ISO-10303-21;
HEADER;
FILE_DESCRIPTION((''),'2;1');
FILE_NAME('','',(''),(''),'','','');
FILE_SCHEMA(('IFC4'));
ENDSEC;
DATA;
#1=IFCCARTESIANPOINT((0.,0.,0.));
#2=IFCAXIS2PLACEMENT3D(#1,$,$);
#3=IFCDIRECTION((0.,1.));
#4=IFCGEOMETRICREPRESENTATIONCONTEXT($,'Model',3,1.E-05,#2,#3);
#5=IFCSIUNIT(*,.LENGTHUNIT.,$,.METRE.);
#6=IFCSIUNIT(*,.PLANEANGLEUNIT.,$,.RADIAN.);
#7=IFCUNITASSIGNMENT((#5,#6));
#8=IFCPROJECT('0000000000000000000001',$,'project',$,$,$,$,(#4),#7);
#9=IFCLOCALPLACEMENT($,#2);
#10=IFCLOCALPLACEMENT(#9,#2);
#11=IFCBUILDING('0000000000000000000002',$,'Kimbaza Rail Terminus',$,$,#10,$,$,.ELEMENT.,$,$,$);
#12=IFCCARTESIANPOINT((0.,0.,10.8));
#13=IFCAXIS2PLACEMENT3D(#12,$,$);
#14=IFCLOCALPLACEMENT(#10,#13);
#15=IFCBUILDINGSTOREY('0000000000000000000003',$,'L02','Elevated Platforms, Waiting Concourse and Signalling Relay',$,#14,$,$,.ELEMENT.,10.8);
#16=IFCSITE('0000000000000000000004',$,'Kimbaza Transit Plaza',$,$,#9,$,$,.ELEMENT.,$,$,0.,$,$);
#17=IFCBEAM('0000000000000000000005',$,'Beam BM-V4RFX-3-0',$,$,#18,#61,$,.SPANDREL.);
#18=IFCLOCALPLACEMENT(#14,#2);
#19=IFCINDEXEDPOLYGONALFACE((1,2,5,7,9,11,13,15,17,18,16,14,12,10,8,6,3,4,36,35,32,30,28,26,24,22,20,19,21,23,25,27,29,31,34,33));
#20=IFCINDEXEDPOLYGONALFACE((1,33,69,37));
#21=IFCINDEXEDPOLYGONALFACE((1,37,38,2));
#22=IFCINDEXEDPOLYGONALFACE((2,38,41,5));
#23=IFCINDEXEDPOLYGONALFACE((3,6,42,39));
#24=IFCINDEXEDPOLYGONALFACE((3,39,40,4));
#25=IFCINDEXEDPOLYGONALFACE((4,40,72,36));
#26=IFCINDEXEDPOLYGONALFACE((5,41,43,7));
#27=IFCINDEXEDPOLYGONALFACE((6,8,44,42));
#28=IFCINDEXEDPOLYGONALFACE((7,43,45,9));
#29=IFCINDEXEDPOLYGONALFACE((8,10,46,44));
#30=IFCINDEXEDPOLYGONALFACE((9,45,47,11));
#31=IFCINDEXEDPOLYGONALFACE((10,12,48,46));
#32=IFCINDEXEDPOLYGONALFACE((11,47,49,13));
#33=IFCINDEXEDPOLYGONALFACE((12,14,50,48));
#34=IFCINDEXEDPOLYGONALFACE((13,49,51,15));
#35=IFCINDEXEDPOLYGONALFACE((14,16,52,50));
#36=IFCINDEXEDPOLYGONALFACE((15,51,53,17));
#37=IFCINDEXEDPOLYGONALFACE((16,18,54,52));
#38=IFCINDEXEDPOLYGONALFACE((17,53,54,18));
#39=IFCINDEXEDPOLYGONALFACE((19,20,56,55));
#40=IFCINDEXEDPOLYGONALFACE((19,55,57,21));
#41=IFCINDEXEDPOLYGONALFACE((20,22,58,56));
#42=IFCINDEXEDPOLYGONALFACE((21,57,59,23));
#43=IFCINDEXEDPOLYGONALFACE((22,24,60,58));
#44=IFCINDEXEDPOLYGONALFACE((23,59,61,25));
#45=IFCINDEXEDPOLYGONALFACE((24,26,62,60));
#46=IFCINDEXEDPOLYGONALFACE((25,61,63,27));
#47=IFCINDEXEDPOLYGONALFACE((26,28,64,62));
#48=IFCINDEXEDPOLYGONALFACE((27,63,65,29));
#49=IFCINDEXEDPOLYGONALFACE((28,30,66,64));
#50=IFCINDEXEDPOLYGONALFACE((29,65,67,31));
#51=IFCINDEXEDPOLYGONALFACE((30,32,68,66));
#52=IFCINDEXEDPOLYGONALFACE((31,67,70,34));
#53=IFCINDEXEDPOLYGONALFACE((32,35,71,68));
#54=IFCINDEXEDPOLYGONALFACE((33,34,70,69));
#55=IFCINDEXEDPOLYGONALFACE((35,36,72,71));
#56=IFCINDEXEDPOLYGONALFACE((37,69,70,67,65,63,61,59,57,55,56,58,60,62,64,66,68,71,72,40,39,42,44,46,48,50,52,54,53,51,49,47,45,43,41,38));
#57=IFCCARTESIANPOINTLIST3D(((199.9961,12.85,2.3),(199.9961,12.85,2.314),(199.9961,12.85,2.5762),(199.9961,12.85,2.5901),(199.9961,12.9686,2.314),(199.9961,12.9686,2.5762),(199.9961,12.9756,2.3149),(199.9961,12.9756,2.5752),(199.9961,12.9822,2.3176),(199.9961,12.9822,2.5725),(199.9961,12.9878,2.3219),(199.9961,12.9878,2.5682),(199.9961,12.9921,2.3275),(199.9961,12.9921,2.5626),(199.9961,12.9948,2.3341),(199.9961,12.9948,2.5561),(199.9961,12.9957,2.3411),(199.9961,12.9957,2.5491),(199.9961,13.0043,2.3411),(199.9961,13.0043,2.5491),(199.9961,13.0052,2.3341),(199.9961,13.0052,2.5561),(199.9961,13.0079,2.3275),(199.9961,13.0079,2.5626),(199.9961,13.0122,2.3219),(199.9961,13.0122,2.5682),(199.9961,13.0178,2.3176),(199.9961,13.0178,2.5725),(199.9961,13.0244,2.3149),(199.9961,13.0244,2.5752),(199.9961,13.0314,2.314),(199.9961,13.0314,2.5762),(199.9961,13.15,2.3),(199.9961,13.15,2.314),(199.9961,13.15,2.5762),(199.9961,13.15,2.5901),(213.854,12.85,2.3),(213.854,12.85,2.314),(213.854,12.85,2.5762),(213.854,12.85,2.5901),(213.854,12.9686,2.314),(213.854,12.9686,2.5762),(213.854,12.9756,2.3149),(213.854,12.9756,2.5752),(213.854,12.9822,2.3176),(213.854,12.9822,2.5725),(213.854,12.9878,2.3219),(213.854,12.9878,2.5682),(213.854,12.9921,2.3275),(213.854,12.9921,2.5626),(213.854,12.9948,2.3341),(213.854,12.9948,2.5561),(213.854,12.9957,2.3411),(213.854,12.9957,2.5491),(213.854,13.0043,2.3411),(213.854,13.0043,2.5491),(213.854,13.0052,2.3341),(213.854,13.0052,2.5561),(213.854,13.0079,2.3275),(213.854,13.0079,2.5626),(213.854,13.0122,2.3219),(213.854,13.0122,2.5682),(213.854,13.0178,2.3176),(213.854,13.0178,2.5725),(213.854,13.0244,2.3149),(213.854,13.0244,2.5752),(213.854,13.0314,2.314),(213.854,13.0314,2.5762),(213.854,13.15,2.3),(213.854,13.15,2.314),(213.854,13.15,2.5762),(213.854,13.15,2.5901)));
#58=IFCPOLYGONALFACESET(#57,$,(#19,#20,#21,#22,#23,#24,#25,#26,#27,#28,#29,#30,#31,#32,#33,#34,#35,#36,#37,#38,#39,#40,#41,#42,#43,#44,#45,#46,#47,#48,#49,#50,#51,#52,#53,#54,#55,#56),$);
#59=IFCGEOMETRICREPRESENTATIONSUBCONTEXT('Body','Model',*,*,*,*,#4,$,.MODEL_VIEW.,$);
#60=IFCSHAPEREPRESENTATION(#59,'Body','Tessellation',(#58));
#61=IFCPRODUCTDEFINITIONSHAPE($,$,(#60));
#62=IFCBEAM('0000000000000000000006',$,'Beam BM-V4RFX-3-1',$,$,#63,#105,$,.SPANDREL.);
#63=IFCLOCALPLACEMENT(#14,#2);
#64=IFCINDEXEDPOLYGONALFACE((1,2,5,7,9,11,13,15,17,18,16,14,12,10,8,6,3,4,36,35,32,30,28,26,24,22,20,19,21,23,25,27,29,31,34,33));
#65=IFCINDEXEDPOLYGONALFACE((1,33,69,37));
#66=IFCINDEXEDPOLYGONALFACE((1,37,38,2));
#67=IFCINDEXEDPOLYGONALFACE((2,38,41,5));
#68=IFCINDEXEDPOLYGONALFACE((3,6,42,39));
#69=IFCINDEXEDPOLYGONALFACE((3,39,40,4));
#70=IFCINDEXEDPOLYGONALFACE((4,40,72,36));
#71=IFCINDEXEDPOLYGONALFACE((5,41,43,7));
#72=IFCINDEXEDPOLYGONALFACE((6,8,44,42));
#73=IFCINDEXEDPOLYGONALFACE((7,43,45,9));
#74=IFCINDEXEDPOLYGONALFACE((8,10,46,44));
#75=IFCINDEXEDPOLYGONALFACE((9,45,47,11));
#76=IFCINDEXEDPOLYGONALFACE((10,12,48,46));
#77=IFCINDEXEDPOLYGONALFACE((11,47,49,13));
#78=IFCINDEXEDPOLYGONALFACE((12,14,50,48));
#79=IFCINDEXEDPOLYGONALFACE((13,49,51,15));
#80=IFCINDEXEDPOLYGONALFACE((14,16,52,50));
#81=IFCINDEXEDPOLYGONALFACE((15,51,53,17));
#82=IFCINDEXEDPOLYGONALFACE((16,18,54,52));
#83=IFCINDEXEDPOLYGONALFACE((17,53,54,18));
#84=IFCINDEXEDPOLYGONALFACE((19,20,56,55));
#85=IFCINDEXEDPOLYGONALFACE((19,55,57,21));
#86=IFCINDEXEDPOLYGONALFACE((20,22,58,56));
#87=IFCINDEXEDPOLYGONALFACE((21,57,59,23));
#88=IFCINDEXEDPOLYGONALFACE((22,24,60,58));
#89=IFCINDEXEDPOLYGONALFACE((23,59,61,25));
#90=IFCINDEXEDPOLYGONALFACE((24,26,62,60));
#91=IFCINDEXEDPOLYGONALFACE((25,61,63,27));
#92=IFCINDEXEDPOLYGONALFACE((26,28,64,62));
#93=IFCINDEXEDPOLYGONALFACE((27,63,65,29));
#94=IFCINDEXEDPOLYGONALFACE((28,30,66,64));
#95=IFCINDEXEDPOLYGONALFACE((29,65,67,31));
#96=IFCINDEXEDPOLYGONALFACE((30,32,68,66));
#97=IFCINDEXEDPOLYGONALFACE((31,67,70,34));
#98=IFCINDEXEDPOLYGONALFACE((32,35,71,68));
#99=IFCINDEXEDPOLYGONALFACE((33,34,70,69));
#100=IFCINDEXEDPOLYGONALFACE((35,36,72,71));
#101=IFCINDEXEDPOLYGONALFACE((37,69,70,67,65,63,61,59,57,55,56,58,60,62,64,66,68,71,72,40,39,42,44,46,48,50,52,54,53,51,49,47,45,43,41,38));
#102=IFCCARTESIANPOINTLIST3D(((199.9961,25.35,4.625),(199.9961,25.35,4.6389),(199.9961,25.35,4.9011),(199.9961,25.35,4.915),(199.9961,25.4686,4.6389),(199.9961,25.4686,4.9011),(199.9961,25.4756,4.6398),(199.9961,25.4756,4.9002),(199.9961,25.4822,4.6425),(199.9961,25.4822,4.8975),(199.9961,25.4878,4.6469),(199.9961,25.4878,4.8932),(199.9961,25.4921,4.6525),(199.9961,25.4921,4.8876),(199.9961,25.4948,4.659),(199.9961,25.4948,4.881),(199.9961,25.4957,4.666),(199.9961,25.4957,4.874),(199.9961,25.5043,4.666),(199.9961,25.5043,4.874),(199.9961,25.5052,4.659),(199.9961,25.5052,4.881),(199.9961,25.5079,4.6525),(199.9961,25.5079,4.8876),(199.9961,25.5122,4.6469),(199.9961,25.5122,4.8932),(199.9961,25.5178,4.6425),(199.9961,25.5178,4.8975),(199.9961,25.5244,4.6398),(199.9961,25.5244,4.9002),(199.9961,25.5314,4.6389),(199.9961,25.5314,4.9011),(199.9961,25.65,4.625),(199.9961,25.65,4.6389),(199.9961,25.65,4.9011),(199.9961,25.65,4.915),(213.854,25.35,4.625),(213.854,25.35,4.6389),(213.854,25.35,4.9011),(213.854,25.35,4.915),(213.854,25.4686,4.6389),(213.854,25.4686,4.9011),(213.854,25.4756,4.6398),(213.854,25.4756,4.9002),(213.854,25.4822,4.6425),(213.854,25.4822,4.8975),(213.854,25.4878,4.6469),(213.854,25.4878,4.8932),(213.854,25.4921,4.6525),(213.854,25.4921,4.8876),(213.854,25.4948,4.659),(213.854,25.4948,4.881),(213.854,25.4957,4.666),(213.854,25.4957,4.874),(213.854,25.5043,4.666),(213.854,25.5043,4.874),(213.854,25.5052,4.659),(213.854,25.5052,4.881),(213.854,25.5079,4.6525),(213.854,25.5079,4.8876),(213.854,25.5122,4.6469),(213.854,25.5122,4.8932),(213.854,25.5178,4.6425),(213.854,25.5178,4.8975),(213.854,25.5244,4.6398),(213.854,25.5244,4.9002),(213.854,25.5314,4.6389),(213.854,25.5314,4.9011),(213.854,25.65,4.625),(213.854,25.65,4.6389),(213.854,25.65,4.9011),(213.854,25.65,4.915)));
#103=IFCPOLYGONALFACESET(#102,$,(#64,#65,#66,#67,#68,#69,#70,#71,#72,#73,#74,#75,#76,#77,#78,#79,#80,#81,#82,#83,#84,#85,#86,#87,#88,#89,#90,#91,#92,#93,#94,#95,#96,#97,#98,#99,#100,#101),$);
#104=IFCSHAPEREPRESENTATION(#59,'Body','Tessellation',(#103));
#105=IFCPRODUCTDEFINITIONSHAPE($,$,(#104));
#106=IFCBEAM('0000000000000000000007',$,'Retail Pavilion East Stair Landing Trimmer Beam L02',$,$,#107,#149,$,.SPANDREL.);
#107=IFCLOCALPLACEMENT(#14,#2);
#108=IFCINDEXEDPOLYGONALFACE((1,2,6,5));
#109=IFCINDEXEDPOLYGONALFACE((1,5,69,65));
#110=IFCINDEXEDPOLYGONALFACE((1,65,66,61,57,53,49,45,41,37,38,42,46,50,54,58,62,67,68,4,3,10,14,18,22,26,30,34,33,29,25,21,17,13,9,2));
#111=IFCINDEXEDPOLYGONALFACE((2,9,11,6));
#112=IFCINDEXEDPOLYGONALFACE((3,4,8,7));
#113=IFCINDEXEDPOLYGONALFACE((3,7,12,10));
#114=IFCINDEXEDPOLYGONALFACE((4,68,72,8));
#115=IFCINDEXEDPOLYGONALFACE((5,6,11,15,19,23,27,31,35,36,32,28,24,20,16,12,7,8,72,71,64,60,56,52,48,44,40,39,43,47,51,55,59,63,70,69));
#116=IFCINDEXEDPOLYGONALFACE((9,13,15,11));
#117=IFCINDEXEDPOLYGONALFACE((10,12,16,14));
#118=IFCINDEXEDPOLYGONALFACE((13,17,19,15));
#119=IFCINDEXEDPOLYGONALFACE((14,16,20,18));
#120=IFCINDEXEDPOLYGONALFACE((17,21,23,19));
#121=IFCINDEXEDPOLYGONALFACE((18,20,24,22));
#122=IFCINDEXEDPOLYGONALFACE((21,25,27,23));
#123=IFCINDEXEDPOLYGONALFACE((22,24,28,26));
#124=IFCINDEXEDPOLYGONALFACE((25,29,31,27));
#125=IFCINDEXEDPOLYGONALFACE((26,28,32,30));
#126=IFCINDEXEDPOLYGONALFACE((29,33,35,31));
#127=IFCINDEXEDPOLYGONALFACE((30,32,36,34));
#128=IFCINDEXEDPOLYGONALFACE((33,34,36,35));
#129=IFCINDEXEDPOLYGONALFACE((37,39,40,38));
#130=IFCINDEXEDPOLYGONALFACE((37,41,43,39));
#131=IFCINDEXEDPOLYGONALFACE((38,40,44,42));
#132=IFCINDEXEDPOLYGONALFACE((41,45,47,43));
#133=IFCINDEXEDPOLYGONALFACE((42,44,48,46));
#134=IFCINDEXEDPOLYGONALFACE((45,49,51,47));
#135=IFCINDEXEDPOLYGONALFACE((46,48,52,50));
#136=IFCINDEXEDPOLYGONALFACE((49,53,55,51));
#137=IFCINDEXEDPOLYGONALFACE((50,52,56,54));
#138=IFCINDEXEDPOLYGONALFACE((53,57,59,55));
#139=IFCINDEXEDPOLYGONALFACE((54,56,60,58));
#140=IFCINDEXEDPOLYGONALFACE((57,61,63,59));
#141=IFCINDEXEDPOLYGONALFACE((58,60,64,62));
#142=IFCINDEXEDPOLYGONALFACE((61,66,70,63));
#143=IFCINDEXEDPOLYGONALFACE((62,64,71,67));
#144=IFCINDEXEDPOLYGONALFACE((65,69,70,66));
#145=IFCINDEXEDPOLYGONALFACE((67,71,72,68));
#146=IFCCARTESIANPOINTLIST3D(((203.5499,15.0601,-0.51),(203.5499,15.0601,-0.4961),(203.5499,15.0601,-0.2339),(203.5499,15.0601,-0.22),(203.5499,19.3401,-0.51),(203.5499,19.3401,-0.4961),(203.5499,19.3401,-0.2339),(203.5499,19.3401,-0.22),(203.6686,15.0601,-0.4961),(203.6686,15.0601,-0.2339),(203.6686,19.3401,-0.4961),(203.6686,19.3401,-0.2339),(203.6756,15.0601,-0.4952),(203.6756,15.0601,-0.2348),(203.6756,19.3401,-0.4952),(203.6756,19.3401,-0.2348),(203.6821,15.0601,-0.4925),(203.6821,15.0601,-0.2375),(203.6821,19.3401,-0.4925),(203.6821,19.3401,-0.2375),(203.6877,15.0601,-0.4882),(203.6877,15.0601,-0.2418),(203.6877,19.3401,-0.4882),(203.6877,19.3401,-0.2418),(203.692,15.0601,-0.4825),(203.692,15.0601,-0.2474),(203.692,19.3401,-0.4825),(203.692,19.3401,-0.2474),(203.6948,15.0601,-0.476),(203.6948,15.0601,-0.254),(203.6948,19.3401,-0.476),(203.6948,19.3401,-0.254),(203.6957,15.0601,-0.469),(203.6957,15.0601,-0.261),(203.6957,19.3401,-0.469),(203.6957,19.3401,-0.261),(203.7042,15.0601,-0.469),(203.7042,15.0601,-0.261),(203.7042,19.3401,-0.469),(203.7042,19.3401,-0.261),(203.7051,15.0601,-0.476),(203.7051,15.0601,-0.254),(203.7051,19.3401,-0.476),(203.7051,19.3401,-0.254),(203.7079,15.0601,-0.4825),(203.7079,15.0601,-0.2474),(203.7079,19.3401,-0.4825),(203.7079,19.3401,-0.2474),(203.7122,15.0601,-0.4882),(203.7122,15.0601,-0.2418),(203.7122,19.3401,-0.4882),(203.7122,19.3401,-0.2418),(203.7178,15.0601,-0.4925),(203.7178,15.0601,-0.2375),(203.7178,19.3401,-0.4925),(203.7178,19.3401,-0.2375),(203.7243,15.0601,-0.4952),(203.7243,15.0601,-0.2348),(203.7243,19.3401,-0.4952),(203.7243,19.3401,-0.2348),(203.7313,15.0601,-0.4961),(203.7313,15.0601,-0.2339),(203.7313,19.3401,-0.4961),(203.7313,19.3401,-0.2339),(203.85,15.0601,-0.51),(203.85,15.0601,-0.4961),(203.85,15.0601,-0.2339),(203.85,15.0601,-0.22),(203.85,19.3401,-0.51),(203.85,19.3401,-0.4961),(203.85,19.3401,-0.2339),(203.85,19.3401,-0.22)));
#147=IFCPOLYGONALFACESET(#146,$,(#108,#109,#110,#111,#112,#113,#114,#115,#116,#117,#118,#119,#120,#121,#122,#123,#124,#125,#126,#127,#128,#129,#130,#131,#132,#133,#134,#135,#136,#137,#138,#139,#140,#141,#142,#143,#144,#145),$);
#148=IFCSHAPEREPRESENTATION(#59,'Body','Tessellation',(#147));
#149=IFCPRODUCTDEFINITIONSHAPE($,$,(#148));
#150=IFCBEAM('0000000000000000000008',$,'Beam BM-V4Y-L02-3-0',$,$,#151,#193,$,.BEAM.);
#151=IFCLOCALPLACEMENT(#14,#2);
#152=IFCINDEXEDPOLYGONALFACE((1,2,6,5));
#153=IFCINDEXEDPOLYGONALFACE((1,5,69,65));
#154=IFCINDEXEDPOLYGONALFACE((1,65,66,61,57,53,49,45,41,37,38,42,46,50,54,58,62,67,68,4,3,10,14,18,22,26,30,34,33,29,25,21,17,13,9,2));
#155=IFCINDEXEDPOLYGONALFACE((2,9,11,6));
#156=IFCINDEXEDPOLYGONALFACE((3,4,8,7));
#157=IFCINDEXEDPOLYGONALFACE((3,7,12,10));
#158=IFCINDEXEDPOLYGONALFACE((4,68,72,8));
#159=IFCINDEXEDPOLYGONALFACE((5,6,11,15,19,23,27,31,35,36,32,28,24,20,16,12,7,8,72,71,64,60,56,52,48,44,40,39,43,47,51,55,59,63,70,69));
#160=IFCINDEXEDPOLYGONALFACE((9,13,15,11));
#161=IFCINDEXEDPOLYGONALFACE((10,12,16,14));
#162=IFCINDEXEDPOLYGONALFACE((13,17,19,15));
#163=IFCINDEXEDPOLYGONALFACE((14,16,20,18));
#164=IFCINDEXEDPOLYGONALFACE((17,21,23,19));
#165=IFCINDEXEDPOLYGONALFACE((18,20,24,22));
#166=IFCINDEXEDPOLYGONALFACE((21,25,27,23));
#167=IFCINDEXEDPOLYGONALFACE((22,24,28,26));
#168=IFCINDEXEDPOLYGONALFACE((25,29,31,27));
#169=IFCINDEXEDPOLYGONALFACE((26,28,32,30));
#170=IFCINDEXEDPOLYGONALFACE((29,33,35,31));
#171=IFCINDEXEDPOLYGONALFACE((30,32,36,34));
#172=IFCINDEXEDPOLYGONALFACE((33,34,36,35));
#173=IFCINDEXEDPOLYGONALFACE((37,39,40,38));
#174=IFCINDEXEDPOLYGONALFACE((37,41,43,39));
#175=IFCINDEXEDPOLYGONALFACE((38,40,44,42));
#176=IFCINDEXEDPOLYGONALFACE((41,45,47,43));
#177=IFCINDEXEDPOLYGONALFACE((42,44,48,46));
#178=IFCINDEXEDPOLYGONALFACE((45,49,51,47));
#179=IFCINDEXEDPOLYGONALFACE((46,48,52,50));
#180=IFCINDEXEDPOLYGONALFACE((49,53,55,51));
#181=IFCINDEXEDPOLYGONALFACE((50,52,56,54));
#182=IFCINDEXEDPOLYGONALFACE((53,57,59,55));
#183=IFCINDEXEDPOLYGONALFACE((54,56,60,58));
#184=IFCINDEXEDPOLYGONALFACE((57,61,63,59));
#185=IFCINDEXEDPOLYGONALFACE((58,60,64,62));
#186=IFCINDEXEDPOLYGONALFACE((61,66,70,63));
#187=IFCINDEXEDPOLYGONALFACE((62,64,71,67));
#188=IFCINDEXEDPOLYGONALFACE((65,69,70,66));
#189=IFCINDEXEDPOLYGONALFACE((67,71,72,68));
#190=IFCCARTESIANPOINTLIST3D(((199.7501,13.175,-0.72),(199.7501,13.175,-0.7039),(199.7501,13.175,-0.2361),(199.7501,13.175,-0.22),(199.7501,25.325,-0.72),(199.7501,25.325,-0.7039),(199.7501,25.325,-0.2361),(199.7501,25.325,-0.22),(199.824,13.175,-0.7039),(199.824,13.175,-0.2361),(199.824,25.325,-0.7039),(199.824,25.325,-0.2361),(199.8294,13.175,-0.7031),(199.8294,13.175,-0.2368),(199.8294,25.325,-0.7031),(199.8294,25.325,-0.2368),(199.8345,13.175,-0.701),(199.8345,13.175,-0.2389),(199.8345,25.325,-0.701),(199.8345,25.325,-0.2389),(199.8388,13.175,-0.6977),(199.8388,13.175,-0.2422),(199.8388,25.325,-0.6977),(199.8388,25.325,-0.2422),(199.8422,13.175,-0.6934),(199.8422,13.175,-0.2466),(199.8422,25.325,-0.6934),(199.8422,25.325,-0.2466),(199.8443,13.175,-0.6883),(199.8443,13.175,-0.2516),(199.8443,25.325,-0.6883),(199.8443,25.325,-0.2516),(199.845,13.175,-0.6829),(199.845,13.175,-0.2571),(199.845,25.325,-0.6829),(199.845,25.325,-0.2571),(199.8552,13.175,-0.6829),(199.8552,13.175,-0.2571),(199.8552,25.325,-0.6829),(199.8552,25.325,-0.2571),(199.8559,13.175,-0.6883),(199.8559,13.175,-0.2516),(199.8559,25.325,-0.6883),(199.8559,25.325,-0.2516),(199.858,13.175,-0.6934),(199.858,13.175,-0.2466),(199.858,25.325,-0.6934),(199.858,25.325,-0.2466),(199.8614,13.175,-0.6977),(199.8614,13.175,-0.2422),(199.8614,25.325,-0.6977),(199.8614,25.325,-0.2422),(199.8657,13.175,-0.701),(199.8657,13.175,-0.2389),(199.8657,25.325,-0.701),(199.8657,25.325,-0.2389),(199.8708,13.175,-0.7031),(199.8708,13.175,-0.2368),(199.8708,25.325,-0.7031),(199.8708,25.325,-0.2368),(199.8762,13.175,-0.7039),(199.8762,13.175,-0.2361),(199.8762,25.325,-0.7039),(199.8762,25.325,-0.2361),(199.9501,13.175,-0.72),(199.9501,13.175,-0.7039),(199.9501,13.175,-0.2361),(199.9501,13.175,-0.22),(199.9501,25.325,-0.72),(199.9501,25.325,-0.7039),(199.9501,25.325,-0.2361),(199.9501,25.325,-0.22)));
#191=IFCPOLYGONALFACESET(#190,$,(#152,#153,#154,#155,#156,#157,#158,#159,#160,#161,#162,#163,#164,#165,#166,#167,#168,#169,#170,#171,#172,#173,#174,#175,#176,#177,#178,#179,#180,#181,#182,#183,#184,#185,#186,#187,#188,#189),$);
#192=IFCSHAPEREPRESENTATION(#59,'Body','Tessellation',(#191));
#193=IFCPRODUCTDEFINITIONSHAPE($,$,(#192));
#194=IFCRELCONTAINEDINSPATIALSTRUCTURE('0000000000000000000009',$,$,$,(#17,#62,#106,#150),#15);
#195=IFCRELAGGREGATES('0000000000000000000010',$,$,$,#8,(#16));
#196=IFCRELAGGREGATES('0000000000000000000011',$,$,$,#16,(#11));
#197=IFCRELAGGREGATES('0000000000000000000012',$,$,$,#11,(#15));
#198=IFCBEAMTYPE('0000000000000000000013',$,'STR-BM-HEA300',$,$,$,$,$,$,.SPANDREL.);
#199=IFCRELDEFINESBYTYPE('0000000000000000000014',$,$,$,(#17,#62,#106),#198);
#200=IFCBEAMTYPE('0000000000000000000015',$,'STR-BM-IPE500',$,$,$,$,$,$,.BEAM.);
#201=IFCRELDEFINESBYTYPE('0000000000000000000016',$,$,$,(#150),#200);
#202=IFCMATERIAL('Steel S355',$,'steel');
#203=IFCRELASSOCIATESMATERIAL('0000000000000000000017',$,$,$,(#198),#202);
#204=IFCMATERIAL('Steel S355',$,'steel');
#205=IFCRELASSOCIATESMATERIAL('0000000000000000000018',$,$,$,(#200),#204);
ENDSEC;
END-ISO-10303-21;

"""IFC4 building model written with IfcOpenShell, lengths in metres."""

from ifc_helpers import new_model, si_unit, direction, frame, origin, origin_2d, place, context, subcontext, project, spatial, i_section, extrude, material, material_profile, profile_set, type_object, element, save


model = new_model("IFC4")

# Units and contexts
model_context = context("Model", 3, precision=1e-05, world=origin(), true_north=direction((0.0, 1.0)))
body_context = subcontext(model_context, "Body", "Model", "MODEL_VIEW")
ifc_project = project(units=[si_unit("LENGTHUNIT", "METRE"), si_unit("PLANEANGLEUNIT", "RADIAN")], contexts=[model_context])

# Site, building, storey
site_placement = place(None, origin())
site = spatial("IfcSite", under=ifc_project, at=site_placement, Name="Kimbaza Transit Plaza", CompositionType="ELEMENT", RefElevation=0.0)
building_placement = place(site_placement, origin())
building = spatial("IfcBuilding", under=site, at=building_placement, Name="Kimbaza Rail Terminus", CompositionType="ELEMENT")
storey_placement = place(building_placement, frame((0.0, 0.0, 10.8)))
storey = spatial("IfcBuildingStorey", under=building, at=storey_placement, Name="L02", Description="Elevated Platforms, Waiting Concourse and Signalling Relay", CompositionType="ELEMENT", Elevation=10.8)

# Beams
ifc_material_1 = material(Name="Steel S355", Category="steel")
ifc_material_profile_1 = material_profile(ifc_material_1, i_section(OverallWidth=0.3, OverallDepth=0.29, WebThickness=0.0085, FlangeThickness=0.0139, FilletRadius=0.0271, at=origin_2d()), Name="HEA 300")
ifc_profile_set_1 = profile_set([ifc_material_profile_1], Name="Steel S355")
beam_type_1 = type_object("IfcBeamType", Name="STR-BM-HEA300", PredefinedType="SPANDREL", material=ifc_profile_set_1)
for number, where, z_axis, x_axis, name in (
    (1, (199.9961, 13.0, 2.4451), (1.0, 0.0, 0.0), (0.0, 1.0, 0.0), "Beam BM-V4RFX-3-0"),
    (2, (199.9961, 25.5, 4.77), (1.0, 0.0, 0.0), (0.0, 1.0, 0.0), "Beam BM-V4RFX-3-1"),
):
    element("IfcBeam", number, at=place(storey_placement, frame(where, z_axis=z_axis, x_axis=x_axis)), inside=storey, type_object=beam_type_1, Name=name, PredefinedType="SPANDREL", context=body_context, shape_type="SweptSolid", body=[
        extrude(i_section(OverallWidth=0.3, OverallDepth=0.29, WebThickness=0.0085, FlangeThickness=0.0139, FilletRadius=0.0271, at=origin_2d()), origin(), (0.0, 0.0, 1.0), 13.8579),
    ])
beam_1_placement = place(storey_placement, frame((203.7, 15.0601, -0.365), z_axis=(0.0, 1.0, 0.0), x_axis=(-1.0, 0.0, 0.0)))
element("IfcBeam", 3, at=beam_1_placement, inside=storey, type_object=beam_type_1, Name="Retail Pavilion East Stair Landing Trimmer Beam L02", PredefinedType="SPANDREL", context=body_context, shape_type="SweptSolid", body=[
    extrude(i_section(OverallWidth=0.3, OverallDepth=0.29, WebThickness=0.0085, FlangeThickness=0.0139, FilletRadius=0.0271, at=origin_2d()), origin(), (0.0, 0.0, 1.0), 4.28),
])
ifc_material_2 = material(Name="Steel S355", Category="steel")
ifc_material_profile_2 = material_profile(ifc_material_2, i_section(OverallWidth=0.2, OverallDepth=0.5, WebThickness=0.0103, FlangeThickness=0.0161, FilletRadius=0.021, at=origin_2d()), Name="IPE 500")
ifc_profile_set_2 = profile_set([ifc_material_profile_2], Name="Steel S355")
beam_type_2 = type_object("IfcBeamType", Name="STR-BM-IPE500", PredefinedType="BEAM", material=ifc_profile_set_2)
beam_2_placement = place(storey_placement, frame((199.8501, 13.175, -0.47), z_axis=(0.0, 1.0, 0.0), x_axis=(-1.0, 0.0, 0.0)))
element("IfcBeam", 4, at=beam_2_placement, inside=storey, type_object=beam_type_2, Name="Beam BM-V4Y-L02-3-0", PredefinedType="BEAM", context=body_context, shape_type="SweptSolid", body=[
    extrude(i_section(OverallWidth=0.2, OverallDepth=0.5, WebThickness=0.0103, FlangeThickness=0.0161, FilletRadius=0.021, at=origin_2d()), origin(), (0.0, 0.0, 1.0), 12.1499),
])

save(model, "model.ifc")
